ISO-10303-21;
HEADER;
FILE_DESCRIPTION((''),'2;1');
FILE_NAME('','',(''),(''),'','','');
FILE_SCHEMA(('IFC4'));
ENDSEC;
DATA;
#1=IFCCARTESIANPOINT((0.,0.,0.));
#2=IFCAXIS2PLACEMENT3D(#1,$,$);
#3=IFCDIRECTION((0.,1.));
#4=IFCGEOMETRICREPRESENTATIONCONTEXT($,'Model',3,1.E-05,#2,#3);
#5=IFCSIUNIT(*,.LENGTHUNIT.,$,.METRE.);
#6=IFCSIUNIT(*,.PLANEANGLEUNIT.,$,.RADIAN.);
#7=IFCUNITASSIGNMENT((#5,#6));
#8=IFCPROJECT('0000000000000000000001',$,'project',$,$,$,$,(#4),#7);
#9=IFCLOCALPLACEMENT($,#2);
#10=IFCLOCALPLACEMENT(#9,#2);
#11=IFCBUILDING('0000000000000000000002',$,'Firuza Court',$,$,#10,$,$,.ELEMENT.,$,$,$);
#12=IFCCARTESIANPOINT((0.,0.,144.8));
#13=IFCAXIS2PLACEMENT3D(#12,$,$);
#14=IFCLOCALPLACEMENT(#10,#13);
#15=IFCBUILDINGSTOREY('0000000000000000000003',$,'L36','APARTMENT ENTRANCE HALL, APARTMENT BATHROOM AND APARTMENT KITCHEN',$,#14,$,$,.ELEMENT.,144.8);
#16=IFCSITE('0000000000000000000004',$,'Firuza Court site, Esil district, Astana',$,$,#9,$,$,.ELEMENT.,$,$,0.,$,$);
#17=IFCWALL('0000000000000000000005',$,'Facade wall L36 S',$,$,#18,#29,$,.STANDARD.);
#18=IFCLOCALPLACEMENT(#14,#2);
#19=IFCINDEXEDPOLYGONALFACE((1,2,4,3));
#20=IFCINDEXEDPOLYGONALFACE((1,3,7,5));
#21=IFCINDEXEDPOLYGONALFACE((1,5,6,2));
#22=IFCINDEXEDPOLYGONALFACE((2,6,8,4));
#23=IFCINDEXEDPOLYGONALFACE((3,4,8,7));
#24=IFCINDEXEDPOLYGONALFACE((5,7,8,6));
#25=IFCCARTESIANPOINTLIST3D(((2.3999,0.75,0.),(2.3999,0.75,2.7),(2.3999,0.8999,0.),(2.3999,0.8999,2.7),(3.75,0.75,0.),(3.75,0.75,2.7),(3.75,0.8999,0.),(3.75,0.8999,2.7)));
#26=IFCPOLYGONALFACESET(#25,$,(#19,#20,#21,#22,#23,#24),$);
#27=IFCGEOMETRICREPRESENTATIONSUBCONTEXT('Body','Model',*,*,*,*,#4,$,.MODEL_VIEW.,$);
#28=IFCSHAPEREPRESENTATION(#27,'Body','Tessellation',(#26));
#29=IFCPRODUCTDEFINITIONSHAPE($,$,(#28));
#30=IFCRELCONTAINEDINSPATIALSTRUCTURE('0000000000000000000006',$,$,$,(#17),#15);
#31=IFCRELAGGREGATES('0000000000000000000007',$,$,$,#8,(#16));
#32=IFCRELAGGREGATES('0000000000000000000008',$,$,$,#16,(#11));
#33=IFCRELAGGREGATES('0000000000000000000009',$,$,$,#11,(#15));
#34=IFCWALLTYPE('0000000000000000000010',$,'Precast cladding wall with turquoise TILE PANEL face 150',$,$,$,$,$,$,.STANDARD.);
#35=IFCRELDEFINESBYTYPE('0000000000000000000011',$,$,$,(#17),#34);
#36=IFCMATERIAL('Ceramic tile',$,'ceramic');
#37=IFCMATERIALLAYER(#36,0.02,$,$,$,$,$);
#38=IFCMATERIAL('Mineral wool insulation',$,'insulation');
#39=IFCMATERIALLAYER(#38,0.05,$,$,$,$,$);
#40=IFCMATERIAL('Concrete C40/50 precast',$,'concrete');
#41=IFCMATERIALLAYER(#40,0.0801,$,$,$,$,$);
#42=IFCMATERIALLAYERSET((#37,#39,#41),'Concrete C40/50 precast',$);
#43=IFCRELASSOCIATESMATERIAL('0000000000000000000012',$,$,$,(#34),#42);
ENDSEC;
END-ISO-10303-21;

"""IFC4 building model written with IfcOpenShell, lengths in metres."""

from ifc_helpers import new_model, si_unit, direction, frame, frame_2d, origin, place, context, subcontext, project, spatial, rectangle, extrude, material, layer, layer_set, type_object, element, save


model = new_model("IFC4")

# Units and contexts
model_context = context("Model", 3, precision=1e-05, world=origin(), true_north=direction((0.0, 1.0)))
body_context = subcontext(model_context, "Body", "Model", "MODEL_VIEW")
ifc_project = project(units=[si_unit("LENGTHUNIT", "METRE"), si_unit("PLANEANGLEUNIT", "RADIAN")], contexts=[model_context])

# Site, building, storey
site_placement = place(None, origin())
site = spatial("IfcSite", under=ifc_project, at=site_placement, Name="Firuza Court site, Esil district, Astana", CompositionType="ELEMENT", RefElevation=0.0)
building_placement = place(site_placement, origin())
building = spatial("IfcBuilding", under=site, at=building_placement, Name="Firuza Court", CompositionType="ELEMENT")
storey_placement = place(building_placement, frame((0.0, 0.0, 144.8)))
storey = spatial("IfcBuildingStorey", under=building, at=storey_placement, Name="L36", Description="APARTMENT ENTRANCE HALL, APARTMENT BATHROOM AND APARTMENT KITCHEN", CompositionType="ELEMENT", Elevation=144.8)

# Shared definitions
ifc_material_1 = material(Name="Concrete C40/50 precast", Category="concrete")

# Wall
ifc_material_2 = material(Name="Ceramic tile", Category="ceramic")
ifc_layer_1 = layer(ifc_material_2, 0.02)
ifc_material_3 = material(Name="Mineral wool insulation", Category="insulation")
ifc_layer_2 = layer(ifc_material_3, 0.05)
ifc_layer_3 = layer(ifc_material_1, 0.0801)
ifc_layer_set_1 = layer_set([ifc_layer_1, ifc_layer_2, ifc_layer_3], Name="Concrete C40/50 precast")
wall_type_1 = type_object("IfcWallType", Name="Precast cladding wall with turquoise TILE PANEL face 150", PredefinedType="STANDARD", material=ifc_layer_set_1)
wall_1_placement = place(storey_placement, frame((2.3999, 0.825, 0.0), z_axis=(0.0, 0.0, 1.0), x_axis=(1.0, 0.0, 0.0)))
element("IfcWall", 1, at=wall_1_placement, inside=storey, type_object=wall_type_1, Name="Facade wall L36 S", PredefinedType="STANDARD", context=body_context, shape_type="SweptSolid", body=[
    extrude(rectangle(XDim=1.3501, YDim=0.1499, at=frame_2d((0.675, 0.0))), origin(), (0.0, 0.0, 1.0), 2.7),
])

save(model, "model.ifc")
